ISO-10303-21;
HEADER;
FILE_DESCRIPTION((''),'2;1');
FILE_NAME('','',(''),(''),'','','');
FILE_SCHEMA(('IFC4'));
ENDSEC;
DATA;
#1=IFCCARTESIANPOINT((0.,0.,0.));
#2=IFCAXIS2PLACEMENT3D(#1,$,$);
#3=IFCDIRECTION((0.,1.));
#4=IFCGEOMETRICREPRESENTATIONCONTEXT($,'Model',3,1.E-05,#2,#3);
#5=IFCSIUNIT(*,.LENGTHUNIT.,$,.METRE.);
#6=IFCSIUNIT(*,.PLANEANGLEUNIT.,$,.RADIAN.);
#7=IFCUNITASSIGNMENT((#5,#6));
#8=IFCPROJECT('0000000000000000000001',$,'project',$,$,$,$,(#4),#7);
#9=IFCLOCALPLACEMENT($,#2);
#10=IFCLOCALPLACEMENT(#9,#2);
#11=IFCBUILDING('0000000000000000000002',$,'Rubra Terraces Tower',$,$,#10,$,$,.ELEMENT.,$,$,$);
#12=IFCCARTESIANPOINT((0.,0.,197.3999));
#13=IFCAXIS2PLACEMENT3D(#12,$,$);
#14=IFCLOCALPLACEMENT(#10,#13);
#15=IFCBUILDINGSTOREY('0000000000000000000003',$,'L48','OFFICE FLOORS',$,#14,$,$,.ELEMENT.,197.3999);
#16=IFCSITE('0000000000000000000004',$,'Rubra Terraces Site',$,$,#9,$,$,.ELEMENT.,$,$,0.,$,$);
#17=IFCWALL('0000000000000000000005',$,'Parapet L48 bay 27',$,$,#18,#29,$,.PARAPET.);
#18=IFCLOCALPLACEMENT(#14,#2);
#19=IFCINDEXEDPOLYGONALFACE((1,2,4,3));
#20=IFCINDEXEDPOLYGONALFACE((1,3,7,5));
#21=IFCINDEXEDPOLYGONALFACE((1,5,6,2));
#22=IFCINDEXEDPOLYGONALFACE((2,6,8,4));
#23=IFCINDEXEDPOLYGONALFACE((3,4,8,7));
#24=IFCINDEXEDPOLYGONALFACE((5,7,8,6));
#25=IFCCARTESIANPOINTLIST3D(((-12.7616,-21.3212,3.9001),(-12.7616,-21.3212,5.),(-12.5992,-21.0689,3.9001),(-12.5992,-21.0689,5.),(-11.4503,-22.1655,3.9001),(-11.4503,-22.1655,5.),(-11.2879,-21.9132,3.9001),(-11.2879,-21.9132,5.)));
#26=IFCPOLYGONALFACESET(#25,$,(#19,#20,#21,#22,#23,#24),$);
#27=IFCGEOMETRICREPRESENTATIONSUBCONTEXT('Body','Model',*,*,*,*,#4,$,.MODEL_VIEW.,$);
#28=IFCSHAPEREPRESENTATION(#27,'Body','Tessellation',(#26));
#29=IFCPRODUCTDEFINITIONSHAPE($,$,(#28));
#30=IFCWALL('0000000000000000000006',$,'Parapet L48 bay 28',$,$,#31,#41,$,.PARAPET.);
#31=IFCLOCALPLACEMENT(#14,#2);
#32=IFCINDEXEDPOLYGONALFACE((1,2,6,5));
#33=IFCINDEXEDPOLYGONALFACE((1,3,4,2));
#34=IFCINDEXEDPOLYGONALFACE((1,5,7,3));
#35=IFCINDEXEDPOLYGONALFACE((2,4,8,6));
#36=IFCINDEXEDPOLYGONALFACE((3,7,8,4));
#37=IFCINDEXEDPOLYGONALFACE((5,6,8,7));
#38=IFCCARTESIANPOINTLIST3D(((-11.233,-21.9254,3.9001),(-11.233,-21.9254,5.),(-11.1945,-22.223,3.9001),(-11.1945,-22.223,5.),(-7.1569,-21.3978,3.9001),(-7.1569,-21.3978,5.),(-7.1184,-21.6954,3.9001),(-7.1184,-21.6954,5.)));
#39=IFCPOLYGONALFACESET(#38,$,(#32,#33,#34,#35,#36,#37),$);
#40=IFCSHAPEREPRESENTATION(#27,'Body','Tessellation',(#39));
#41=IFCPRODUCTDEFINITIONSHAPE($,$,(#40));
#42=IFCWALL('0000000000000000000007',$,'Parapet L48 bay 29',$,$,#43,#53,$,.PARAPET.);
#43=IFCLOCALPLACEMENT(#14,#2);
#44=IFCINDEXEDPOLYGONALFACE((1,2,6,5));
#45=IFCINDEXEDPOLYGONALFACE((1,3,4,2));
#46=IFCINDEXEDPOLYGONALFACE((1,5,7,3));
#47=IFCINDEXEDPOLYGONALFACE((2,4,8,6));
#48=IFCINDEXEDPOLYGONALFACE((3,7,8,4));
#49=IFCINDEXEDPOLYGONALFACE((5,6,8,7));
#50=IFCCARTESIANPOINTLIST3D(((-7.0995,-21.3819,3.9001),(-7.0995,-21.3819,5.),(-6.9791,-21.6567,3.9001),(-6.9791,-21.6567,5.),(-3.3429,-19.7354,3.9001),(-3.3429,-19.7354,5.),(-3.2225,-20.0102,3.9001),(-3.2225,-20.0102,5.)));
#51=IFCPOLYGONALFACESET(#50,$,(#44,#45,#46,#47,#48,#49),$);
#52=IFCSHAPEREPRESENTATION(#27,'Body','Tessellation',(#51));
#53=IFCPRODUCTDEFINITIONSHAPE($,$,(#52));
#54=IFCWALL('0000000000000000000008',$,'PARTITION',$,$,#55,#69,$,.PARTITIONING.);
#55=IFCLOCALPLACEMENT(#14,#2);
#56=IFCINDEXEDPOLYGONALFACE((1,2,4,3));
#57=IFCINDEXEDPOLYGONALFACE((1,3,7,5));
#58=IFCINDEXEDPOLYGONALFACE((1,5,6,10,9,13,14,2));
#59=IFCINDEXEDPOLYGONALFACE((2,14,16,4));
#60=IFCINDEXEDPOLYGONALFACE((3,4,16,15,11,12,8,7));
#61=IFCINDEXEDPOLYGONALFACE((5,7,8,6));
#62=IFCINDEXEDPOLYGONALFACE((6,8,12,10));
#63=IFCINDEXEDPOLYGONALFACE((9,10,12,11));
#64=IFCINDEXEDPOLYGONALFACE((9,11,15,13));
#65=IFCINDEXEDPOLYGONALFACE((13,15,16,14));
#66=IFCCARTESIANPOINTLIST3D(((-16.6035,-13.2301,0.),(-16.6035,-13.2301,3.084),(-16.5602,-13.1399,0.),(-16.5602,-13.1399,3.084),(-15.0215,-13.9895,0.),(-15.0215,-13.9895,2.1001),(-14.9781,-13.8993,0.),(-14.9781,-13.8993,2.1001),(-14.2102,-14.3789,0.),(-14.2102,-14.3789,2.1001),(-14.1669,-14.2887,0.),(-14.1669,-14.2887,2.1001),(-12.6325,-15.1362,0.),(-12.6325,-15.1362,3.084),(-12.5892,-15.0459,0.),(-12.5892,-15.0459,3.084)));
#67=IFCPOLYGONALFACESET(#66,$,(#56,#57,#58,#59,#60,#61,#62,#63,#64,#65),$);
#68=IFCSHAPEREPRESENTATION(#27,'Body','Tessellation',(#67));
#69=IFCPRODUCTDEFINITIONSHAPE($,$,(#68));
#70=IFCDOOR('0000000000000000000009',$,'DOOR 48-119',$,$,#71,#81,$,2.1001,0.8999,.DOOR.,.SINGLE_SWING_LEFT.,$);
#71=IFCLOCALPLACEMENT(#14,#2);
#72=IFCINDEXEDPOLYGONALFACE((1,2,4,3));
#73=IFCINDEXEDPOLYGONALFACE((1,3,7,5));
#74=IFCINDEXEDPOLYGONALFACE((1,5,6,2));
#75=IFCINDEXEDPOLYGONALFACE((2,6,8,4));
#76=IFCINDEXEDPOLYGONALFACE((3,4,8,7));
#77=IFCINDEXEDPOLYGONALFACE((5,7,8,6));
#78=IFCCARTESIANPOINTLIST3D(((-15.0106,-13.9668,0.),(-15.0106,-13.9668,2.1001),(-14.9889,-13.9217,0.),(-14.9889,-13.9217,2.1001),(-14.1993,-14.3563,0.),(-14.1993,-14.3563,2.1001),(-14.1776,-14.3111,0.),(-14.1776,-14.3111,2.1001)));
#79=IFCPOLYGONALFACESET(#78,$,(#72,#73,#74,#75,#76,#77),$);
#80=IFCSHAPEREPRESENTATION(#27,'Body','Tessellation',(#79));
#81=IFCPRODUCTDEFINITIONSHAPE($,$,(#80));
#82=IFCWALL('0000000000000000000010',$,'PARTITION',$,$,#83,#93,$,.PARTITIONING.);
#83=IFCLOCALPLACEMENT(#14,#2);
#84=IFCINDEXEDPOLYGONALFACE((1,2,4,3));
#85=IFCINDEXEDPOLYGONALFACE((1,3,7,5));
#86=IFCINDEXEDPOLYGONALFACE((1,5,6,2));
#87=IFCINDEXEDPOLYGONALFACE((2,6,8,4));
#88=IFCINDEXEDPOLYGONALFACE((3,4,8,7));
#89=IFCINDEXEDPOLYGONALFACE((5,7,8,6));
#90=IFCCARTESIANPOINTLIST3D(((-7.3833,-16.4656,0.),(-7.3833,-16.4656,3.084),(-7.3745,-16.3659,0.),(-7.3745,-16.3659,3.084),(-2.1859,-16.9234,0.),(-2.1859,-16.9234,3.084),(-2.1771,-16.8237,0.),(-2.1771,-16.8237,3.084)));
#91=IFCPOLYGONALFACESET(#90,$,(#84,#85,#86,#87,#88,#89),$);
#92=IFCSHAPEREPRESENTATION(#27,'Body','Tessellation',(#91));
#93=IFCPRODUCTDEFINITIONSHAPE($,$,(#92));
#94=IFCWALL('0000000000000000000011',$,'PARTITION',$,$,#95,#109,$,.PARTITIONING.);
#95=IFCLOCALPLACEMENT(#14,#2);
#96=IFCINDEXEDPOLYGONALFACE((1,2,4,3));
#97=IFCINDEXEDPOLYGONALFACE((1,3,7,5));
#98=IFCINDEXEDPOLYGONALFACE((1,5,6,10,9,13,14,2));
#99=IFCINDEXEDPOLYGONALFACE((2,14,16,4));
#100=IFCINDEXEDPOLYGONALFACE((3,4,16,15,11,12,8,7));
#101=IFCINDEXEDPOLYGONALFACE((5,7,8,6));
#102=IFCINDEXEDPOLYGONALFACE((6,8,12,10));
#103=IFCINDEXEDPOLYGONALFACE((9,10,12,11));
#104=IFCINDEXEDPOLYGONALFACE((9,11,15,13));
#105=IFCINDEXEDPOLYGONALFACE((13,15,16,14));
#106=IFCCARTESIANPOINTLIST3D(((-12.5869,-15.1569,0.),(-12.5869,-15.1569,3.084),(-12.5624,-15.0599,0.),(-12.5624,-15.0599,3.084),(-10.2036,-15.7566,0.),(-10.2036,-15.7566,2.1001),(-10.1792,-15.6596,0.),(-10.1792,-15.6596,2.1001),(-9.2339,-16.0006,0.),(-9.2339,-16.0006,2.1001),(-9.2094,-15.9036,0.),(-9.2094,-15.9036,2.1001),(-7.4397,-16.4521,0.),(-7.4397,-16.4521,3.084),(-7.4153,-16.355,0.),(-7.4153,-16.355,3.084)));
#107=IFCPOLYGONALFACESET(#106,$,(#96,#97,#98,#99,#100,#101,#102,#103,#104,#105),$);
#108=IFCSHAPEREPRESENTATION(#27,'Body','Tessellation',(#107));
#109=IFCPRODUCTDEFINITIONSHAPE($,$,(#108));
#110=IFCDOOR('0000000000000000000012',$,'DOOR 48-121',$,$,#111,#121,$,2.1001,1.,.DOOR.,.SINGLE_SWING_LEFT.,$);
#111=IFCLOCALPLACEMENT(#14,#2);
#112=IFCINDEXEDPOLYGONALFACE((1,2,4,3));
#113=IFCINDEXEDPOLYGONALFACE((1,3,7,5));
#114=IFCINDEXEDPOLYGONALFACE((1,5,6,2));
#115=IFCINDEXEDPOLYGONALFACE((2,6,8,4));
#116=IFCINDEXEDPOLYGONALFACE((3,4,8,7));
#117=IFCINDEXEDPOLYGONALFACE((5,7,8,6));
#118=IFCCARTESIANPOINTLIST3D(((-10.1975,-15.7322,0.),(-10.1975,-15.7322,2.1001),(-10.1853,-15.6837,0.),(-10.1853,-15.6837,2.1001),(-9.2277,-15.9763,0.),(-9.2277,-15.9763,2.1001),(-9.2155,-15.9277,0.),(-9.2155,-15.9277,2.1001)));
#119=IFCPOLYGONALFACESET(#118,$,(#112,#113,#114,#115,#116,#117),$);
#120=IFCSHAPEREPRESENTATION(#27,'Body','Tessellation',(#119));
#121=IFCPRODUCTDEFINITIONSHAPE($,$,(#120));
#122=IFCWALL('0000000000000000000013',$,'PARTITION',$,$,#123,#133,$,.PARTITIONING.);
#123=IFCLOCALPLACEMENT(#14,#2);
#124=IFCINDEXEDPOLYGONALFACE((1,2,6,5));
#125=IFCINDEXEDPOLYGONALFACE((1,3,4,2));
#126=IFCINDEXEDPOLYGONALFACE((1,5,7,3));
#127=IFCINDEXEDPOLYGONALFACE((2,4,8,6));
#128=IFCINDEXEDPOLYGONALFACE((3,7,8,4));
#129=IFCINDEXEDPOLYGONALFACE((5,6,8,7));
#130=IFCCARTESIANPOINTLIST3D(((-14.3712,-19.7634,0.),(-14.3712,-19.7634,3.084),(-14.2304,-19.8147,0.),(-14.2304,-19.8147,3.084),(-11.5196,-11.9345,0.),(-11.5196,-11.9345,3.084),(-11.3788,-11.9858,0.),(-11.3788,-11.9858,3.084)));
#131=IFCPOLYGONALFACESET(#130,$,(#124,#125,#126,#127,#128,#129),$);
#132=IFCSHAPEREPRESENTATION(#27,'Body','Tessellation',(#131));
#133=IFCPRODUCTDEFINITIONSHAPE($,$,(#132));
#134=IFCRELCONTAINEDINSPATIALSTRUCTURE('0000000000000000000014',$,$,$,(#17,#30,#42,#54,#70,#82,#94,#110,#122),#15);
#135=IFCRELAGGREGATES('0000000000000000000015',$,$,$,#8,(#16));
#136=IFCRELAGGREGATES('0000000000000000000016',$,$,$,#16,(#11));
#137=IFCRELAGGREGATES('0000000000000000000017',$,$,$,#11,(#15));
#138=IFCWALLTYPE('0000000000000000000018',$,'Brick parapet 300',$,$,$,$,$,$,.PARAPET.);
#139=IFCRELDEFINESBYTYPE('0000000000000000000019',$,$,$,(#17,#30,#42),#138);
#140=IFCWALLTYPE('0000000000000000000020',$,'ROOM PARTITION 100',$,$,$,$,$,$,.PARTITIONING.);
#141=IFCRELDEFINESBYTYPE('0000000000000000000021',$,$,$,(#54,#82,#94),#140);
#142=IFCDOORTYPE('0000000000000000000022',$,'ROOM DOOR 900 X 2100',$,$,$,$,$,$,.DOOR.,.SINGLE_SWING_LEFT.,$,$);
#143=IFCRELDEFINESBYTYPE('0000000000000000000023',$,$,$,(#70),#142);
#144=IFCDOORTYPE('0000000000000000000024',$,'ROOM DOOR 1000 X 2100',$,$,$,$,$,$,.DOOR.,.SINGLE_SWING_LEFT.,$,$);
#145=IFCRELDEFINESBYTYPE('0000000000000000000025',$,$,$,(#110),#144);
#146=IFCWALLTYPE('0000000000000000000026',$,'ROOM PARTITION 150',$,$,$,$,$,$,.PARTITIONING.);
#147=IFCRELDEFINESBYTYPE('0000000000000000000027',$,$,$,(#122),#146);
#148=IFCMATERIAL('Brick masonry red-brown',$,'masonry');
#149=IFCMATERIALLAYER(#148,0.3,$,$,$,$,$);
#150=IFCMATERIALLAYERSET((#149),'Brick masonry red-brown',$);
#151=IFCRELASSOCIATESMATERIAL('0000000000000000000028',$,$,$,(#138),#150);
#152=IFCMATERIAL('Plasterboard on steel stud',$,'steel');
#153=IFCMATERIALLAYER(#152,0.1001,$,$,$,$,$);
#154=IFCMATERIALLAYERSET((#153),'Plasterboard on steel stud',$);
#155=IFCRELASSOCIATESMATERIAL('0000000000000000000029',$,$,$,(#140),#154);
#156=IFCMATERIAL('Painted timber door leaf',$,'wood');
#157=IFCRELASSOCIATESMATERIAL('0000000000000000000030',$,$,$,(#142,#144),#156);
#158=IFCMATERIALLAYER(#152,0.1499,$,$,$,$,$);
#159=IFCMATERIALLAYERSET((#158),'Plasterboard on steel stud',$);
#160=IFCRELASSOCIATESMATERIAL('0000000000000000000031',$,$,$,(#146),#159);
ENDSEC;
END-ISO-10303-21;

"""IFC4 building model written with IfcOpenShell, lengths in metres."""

from ifc_helpers import new_model, si_unit, direction, frame, frame_2d, origin, place, context, subcontext, project, spatial, rectangle, extrude, material, layer, layer_set, type_object, element, fill, save


model = new_model("IFC4")

# Units and contexts
model_context = context("Model", 3, precision=1e-05, world=origin(), true_north=direction((0.0, 1.0)))
body_context = subcontext(model_context, "Body", "Model", "MODEL_VIEW")
ifc_project = project(units=[si_unit("LENGTHUNIT", "METRE"), si_unit("PLANEANGLEUNIT", "RADIAN")], contexts=[model_context])

# Site, building, storey
site_placement = place(None, origin())
site = spatial("IfcSite", under=ifc_project, at=site_placement, Name="Rubra Terraces Site", CompositionType="ELEMENT", RefElevation=0.0)
building_placement = place(site_placement, origin())
building = spatial("IfcBuilding", under=site, at=building_placement, Name="Rubra Terraces Tower", CompositionType="ELEMENT")
storey_placement = place(building_placement, frame((0.0, 0.0, 197.3999)))
storey = spatial("IfcBuildingStorey", under=building, at=storey_placement, Name="L48", Description="OFFICE FLOORS", CompositionType="ELEMENT", Elevation=197.3999)

# Shared definitions
ifc_material_1 = material(Name="Brick masonry red-brown", Category="masonry")

# Walls
ifc_layer_1 = layer(ifc_material_1, 0.3)
ifc_layer_set_1 = layer_set([ifc_layer_1], Name="Brick masonry red-brown")
wall_type_1 = type_object("IfcWallType", Name="Brick parapet 300", PredefinedType="PARAPET", material=ifc_layer_set_1)
wall_1_placement = place(storey_placement, frame((-12.6804, -21.1951, 3.9001), z_axis=(0.0, 0.0, 1.0), x_axis=(0.840807, -0.541335, 0.0)))
element("IfcWall", 1, at=wall_1_placement, inside=storey, type_object=wall_type_1, Name="Parapet L48 bay 27", PredefinedType="PARAPET", context=body_context, shape_type="SweptSolid", body=[
    extrude(rectangle(XDim=1.5596, YDim=0.3, at=frame_2d((0.7798, 0.0))), origin(), (0.0, 0.0, 1.0), 1.0999),
])
wall_2_placement = place(storey_placement, frame((-11.2139, -22.0742, 3.9001), z_axis=(0.0, 0.0, 1.0), x_axis=(0.991727, 0.128361, 0.0)))
element("IfcWall", 2, at=wall_2_placement, inside=storey, type_object=wall_type_1, Name="Parapet L48 bay 28", PredefinedType="PARAPET", context=body_context, shape_type="SweptSolid", body=[
    extrude(rectangle(XDim=4.1101, YDim=0.3, at=frame_2d((2.0552, 0.0))), origin(), (0.0, 0.0, 1.0), 1.0999),
])
wall_3_placement = place(storey_placement, frame((-7.0393, -21.5193, 3.9001), z_axis=(0.0, 0.0, 1.0), x_axis=(0.915891, 0.401428, 0.0)))
element("IfcWall", 3, at=wall_3_placement, inside=storey, type_object=wall_type_1, Name="Parapet L48 bay 29", PredefinedType="PARAPET", context=body_context, shape_type="SweptSolid", body=[
    extrude(rectangle(XDim=4.1016, YDim=0.3, at=frame_2d((2.0508, 0.0))), origin(), (0.0, 0.0, 1.0), 1.0999),
])

# Wall, opening, door
ifc_material_2 = material(Name="Plasterboard on steel stud", Category="steel")
ifc_layer_2 = layer(ifc_material_2, 0.1001)
ifc_layer_set_2 = layer_set([ifc_layer_2], Name="Plasterboard on steel stud")
wall_type_2 = type_object("IfcWallType", Name="ROOM PARTITION 100", PredefinedType="PARTITIONING", material=ifc_layer_set_2)
wall_4_placement = place(storey_placement, frame((-12.6108, -15.0911, 0.0), z_axis=(0.0, 0.0, 1.0), x_axis=(-0.901527, 0.432722, 0.0)))
wall_4 = element("IfcWall", 4, at=wall_4_placement, inside=storey, type_object=wall_type_2, Name="PARTITION", PredefinedType="PARTITIONING", context=body_context, shape_type="SweptSolid", body=[
    extrude(rectangle(XDim=4.4048, YDim=0.1001, at=frame_2d((2.2024, 0.0))), origin(), (0.0, 0.0, 1.0), 3.084),
])
opening_1_placement = place(wall_4_placement, frame((1.75, 0.0, 0.0)))
opening_1 = element("IfcOpeningElement", 5, at=opening_1_placement, cuts=wall_4, PredefinedType="OPENING", context=body_context, shape_type="SweptSolid", body=[
    extrude(rectangle(XDim=0.8999, YDim=2.1001, at=frame_2d((0.45, 1.05))), frame((0.0, 0.0601, 0.0), z_axis=(0.0, -1.0, 0.0), x_axis=(1.0, 0.0, 0.0)), (0.0, 0.0, 1.0), 0.1201),
])
ifc_material_3 = material(Name="Painted timber door leaf", Category="wood")
door_type_1 = type_object("IfcDoorType", Name="ROOM DOOR 900 X 2100", OperationType="SINGLE_SWING_LEFT", PredefinedType="DOOR", material=ifc_material_3)
door_1_placement = place(opening_1_placement, origin())
door_1 = element("IfcDoor", 6, at=door_1_placement, inside=storey, type_object=door_type_1, Name="DOOR 48-119", OperationType="SINGLE_SWING_LEFT", OverallHeight=2.1001, OverallWidth=0.8999, PredefinedType="DOOR", context=body_context, shape_type="SweptSolid", body=[
    extrude(rectangle(XDim=0.8999, YDim=2.1001, at=frame_2d((0.45, 1.05))), frame((0.0, 0.0249, 0.0), z_axis=(0.0, -1.0, 0.0), x_axis=(1.0, 0.0, 0.0)), (0.0, 0.0, 1.0), 0.05),
])
fill(opening_1, door_1)

# Wall
wall_5_placement = place(storey_placement, frame((-2.1814, -16.8735, 0.0), z_axis=(0.0, 0.0, 1.0), x_axis=(-0.996144, 0.087734, 0.0)))
element("IfcWall", 7, at=wall_5_placement, inside=storey, type_object=wall_type_2, Name="PARTITION", PredefinedType="PARTITIONING", context=body_context, shape_type="SweptSolid", body=[
    extrude(rectangle(XDim=5.2175, YDim=0.1001, at=frame_2d((2.6089, 0.0))), origin(), (0.0, 0.0, 1.0), 3.084),
])

# Wall, opening, door
wall_6_placement = place(storey_placement, frame((-7.4275, -16.4036, 0.0), z_axis=(0.0, 0.0, 1.0), x_axis=(-0.969771, 0.244018, 0.0)))
wall_6 = element("IfcWall", 8, at=wall_6_placement, inside=storey, type_object=wall_type_2, Name="PARTITION", PredefinedType="PARTITIONING", context=body_context, shape_type="SweptSolid", body=[
    extrude(rectangle(XDim=5.3076, YDim=0.1001, at=frame_2d((2.6538, 0.0))), origin(), (0.0, 0.0, 1.0), 3.084),
])
opening_2_placement = place(wall_6_placement, frame((1.8501, 0.0, 0.0)))
opening_2 = element("IfcOpeningElement", 9, at=opening_2_placement, cuts=wall_6, PredefinedType="OPENING", context=body_context, shape_type="SweptSolid", body=[
    extrude(rectangle(XDim=1.0, YDim=2.1001, at=frame_2d((0.5, 1.05))), frame((0.0, 0.0601, 0.0), z_axis=(0.0, -1.0, 0.0), x_axis=(1.0, 0.0, 0.0)), (0.0, 0.0, 1.0), 0.1201),
])
door_type_2 = type_object("IfcDoorType", Name="ROOM DOOR 1000 X 2100", OperationType="SINGLE_SWING_LEFT", PredefinedType="DOOR", material=ifc_material_3)
door_2_placement = place(opening_2_placement, origin())
door_2 = element("IfcDoor", 10, at=door_2_placement, inside=storey, type_object=door_type_2, Name="DOOR 48-121", OperationType="SINGLE_SWING_LEFT", OverallHeight=2.1001, OverallWidth=1.0, PredefinedType="DOOR", context=body_context, shape_type="SweptSolid", body=[
    extrude(rectangle(XDim=1.0, YDim=2.1001, at=frame_2d((0.5, 1.05))), frame((0.0, 0.0249, 0.0), z_axis=(0.0, -1.0, 0.0), x_axis=(1.0, 0.0, 0.0)), (0.0, 0.0, 1.0), 0.05),
])
fill(opening_2, door_2)

# Wall
ifc_layer_3 = layer(ifc_material_2, 0.1499)
ifc_layer_set_3 = layer_set([ifc_layer_3], Name="Plasterboard on steel stud")
wall_type_3 = type_object("IfcWallType", Name="ROOM PARTITION 150", PredefinedType="PARTITIONING", material=ifc_layer_set_3)
wall_7_placement = place(storey_placement, frame((-14.3008, -19.7891, 0.0), z_axis=(0.0, 0.0, 1.0), x_axis=(0.342242, 0.939612, 0.0)))
element("IfcWall", 11, at=wall_7_placement, inside=storey, type_object=wall_type_3, Name="PARTITION", PredefinedType="PARTITIONING", context=body_context, shape_type="SweptSolid", body=[
    extrude(rectangle(XDim=8.332, YDim=0.1499, at=frame_2d((4.166, 0.0))), origin(), (0.0, 0.0, 1.0), 3.084),
])

save(model, "model.ifc")
